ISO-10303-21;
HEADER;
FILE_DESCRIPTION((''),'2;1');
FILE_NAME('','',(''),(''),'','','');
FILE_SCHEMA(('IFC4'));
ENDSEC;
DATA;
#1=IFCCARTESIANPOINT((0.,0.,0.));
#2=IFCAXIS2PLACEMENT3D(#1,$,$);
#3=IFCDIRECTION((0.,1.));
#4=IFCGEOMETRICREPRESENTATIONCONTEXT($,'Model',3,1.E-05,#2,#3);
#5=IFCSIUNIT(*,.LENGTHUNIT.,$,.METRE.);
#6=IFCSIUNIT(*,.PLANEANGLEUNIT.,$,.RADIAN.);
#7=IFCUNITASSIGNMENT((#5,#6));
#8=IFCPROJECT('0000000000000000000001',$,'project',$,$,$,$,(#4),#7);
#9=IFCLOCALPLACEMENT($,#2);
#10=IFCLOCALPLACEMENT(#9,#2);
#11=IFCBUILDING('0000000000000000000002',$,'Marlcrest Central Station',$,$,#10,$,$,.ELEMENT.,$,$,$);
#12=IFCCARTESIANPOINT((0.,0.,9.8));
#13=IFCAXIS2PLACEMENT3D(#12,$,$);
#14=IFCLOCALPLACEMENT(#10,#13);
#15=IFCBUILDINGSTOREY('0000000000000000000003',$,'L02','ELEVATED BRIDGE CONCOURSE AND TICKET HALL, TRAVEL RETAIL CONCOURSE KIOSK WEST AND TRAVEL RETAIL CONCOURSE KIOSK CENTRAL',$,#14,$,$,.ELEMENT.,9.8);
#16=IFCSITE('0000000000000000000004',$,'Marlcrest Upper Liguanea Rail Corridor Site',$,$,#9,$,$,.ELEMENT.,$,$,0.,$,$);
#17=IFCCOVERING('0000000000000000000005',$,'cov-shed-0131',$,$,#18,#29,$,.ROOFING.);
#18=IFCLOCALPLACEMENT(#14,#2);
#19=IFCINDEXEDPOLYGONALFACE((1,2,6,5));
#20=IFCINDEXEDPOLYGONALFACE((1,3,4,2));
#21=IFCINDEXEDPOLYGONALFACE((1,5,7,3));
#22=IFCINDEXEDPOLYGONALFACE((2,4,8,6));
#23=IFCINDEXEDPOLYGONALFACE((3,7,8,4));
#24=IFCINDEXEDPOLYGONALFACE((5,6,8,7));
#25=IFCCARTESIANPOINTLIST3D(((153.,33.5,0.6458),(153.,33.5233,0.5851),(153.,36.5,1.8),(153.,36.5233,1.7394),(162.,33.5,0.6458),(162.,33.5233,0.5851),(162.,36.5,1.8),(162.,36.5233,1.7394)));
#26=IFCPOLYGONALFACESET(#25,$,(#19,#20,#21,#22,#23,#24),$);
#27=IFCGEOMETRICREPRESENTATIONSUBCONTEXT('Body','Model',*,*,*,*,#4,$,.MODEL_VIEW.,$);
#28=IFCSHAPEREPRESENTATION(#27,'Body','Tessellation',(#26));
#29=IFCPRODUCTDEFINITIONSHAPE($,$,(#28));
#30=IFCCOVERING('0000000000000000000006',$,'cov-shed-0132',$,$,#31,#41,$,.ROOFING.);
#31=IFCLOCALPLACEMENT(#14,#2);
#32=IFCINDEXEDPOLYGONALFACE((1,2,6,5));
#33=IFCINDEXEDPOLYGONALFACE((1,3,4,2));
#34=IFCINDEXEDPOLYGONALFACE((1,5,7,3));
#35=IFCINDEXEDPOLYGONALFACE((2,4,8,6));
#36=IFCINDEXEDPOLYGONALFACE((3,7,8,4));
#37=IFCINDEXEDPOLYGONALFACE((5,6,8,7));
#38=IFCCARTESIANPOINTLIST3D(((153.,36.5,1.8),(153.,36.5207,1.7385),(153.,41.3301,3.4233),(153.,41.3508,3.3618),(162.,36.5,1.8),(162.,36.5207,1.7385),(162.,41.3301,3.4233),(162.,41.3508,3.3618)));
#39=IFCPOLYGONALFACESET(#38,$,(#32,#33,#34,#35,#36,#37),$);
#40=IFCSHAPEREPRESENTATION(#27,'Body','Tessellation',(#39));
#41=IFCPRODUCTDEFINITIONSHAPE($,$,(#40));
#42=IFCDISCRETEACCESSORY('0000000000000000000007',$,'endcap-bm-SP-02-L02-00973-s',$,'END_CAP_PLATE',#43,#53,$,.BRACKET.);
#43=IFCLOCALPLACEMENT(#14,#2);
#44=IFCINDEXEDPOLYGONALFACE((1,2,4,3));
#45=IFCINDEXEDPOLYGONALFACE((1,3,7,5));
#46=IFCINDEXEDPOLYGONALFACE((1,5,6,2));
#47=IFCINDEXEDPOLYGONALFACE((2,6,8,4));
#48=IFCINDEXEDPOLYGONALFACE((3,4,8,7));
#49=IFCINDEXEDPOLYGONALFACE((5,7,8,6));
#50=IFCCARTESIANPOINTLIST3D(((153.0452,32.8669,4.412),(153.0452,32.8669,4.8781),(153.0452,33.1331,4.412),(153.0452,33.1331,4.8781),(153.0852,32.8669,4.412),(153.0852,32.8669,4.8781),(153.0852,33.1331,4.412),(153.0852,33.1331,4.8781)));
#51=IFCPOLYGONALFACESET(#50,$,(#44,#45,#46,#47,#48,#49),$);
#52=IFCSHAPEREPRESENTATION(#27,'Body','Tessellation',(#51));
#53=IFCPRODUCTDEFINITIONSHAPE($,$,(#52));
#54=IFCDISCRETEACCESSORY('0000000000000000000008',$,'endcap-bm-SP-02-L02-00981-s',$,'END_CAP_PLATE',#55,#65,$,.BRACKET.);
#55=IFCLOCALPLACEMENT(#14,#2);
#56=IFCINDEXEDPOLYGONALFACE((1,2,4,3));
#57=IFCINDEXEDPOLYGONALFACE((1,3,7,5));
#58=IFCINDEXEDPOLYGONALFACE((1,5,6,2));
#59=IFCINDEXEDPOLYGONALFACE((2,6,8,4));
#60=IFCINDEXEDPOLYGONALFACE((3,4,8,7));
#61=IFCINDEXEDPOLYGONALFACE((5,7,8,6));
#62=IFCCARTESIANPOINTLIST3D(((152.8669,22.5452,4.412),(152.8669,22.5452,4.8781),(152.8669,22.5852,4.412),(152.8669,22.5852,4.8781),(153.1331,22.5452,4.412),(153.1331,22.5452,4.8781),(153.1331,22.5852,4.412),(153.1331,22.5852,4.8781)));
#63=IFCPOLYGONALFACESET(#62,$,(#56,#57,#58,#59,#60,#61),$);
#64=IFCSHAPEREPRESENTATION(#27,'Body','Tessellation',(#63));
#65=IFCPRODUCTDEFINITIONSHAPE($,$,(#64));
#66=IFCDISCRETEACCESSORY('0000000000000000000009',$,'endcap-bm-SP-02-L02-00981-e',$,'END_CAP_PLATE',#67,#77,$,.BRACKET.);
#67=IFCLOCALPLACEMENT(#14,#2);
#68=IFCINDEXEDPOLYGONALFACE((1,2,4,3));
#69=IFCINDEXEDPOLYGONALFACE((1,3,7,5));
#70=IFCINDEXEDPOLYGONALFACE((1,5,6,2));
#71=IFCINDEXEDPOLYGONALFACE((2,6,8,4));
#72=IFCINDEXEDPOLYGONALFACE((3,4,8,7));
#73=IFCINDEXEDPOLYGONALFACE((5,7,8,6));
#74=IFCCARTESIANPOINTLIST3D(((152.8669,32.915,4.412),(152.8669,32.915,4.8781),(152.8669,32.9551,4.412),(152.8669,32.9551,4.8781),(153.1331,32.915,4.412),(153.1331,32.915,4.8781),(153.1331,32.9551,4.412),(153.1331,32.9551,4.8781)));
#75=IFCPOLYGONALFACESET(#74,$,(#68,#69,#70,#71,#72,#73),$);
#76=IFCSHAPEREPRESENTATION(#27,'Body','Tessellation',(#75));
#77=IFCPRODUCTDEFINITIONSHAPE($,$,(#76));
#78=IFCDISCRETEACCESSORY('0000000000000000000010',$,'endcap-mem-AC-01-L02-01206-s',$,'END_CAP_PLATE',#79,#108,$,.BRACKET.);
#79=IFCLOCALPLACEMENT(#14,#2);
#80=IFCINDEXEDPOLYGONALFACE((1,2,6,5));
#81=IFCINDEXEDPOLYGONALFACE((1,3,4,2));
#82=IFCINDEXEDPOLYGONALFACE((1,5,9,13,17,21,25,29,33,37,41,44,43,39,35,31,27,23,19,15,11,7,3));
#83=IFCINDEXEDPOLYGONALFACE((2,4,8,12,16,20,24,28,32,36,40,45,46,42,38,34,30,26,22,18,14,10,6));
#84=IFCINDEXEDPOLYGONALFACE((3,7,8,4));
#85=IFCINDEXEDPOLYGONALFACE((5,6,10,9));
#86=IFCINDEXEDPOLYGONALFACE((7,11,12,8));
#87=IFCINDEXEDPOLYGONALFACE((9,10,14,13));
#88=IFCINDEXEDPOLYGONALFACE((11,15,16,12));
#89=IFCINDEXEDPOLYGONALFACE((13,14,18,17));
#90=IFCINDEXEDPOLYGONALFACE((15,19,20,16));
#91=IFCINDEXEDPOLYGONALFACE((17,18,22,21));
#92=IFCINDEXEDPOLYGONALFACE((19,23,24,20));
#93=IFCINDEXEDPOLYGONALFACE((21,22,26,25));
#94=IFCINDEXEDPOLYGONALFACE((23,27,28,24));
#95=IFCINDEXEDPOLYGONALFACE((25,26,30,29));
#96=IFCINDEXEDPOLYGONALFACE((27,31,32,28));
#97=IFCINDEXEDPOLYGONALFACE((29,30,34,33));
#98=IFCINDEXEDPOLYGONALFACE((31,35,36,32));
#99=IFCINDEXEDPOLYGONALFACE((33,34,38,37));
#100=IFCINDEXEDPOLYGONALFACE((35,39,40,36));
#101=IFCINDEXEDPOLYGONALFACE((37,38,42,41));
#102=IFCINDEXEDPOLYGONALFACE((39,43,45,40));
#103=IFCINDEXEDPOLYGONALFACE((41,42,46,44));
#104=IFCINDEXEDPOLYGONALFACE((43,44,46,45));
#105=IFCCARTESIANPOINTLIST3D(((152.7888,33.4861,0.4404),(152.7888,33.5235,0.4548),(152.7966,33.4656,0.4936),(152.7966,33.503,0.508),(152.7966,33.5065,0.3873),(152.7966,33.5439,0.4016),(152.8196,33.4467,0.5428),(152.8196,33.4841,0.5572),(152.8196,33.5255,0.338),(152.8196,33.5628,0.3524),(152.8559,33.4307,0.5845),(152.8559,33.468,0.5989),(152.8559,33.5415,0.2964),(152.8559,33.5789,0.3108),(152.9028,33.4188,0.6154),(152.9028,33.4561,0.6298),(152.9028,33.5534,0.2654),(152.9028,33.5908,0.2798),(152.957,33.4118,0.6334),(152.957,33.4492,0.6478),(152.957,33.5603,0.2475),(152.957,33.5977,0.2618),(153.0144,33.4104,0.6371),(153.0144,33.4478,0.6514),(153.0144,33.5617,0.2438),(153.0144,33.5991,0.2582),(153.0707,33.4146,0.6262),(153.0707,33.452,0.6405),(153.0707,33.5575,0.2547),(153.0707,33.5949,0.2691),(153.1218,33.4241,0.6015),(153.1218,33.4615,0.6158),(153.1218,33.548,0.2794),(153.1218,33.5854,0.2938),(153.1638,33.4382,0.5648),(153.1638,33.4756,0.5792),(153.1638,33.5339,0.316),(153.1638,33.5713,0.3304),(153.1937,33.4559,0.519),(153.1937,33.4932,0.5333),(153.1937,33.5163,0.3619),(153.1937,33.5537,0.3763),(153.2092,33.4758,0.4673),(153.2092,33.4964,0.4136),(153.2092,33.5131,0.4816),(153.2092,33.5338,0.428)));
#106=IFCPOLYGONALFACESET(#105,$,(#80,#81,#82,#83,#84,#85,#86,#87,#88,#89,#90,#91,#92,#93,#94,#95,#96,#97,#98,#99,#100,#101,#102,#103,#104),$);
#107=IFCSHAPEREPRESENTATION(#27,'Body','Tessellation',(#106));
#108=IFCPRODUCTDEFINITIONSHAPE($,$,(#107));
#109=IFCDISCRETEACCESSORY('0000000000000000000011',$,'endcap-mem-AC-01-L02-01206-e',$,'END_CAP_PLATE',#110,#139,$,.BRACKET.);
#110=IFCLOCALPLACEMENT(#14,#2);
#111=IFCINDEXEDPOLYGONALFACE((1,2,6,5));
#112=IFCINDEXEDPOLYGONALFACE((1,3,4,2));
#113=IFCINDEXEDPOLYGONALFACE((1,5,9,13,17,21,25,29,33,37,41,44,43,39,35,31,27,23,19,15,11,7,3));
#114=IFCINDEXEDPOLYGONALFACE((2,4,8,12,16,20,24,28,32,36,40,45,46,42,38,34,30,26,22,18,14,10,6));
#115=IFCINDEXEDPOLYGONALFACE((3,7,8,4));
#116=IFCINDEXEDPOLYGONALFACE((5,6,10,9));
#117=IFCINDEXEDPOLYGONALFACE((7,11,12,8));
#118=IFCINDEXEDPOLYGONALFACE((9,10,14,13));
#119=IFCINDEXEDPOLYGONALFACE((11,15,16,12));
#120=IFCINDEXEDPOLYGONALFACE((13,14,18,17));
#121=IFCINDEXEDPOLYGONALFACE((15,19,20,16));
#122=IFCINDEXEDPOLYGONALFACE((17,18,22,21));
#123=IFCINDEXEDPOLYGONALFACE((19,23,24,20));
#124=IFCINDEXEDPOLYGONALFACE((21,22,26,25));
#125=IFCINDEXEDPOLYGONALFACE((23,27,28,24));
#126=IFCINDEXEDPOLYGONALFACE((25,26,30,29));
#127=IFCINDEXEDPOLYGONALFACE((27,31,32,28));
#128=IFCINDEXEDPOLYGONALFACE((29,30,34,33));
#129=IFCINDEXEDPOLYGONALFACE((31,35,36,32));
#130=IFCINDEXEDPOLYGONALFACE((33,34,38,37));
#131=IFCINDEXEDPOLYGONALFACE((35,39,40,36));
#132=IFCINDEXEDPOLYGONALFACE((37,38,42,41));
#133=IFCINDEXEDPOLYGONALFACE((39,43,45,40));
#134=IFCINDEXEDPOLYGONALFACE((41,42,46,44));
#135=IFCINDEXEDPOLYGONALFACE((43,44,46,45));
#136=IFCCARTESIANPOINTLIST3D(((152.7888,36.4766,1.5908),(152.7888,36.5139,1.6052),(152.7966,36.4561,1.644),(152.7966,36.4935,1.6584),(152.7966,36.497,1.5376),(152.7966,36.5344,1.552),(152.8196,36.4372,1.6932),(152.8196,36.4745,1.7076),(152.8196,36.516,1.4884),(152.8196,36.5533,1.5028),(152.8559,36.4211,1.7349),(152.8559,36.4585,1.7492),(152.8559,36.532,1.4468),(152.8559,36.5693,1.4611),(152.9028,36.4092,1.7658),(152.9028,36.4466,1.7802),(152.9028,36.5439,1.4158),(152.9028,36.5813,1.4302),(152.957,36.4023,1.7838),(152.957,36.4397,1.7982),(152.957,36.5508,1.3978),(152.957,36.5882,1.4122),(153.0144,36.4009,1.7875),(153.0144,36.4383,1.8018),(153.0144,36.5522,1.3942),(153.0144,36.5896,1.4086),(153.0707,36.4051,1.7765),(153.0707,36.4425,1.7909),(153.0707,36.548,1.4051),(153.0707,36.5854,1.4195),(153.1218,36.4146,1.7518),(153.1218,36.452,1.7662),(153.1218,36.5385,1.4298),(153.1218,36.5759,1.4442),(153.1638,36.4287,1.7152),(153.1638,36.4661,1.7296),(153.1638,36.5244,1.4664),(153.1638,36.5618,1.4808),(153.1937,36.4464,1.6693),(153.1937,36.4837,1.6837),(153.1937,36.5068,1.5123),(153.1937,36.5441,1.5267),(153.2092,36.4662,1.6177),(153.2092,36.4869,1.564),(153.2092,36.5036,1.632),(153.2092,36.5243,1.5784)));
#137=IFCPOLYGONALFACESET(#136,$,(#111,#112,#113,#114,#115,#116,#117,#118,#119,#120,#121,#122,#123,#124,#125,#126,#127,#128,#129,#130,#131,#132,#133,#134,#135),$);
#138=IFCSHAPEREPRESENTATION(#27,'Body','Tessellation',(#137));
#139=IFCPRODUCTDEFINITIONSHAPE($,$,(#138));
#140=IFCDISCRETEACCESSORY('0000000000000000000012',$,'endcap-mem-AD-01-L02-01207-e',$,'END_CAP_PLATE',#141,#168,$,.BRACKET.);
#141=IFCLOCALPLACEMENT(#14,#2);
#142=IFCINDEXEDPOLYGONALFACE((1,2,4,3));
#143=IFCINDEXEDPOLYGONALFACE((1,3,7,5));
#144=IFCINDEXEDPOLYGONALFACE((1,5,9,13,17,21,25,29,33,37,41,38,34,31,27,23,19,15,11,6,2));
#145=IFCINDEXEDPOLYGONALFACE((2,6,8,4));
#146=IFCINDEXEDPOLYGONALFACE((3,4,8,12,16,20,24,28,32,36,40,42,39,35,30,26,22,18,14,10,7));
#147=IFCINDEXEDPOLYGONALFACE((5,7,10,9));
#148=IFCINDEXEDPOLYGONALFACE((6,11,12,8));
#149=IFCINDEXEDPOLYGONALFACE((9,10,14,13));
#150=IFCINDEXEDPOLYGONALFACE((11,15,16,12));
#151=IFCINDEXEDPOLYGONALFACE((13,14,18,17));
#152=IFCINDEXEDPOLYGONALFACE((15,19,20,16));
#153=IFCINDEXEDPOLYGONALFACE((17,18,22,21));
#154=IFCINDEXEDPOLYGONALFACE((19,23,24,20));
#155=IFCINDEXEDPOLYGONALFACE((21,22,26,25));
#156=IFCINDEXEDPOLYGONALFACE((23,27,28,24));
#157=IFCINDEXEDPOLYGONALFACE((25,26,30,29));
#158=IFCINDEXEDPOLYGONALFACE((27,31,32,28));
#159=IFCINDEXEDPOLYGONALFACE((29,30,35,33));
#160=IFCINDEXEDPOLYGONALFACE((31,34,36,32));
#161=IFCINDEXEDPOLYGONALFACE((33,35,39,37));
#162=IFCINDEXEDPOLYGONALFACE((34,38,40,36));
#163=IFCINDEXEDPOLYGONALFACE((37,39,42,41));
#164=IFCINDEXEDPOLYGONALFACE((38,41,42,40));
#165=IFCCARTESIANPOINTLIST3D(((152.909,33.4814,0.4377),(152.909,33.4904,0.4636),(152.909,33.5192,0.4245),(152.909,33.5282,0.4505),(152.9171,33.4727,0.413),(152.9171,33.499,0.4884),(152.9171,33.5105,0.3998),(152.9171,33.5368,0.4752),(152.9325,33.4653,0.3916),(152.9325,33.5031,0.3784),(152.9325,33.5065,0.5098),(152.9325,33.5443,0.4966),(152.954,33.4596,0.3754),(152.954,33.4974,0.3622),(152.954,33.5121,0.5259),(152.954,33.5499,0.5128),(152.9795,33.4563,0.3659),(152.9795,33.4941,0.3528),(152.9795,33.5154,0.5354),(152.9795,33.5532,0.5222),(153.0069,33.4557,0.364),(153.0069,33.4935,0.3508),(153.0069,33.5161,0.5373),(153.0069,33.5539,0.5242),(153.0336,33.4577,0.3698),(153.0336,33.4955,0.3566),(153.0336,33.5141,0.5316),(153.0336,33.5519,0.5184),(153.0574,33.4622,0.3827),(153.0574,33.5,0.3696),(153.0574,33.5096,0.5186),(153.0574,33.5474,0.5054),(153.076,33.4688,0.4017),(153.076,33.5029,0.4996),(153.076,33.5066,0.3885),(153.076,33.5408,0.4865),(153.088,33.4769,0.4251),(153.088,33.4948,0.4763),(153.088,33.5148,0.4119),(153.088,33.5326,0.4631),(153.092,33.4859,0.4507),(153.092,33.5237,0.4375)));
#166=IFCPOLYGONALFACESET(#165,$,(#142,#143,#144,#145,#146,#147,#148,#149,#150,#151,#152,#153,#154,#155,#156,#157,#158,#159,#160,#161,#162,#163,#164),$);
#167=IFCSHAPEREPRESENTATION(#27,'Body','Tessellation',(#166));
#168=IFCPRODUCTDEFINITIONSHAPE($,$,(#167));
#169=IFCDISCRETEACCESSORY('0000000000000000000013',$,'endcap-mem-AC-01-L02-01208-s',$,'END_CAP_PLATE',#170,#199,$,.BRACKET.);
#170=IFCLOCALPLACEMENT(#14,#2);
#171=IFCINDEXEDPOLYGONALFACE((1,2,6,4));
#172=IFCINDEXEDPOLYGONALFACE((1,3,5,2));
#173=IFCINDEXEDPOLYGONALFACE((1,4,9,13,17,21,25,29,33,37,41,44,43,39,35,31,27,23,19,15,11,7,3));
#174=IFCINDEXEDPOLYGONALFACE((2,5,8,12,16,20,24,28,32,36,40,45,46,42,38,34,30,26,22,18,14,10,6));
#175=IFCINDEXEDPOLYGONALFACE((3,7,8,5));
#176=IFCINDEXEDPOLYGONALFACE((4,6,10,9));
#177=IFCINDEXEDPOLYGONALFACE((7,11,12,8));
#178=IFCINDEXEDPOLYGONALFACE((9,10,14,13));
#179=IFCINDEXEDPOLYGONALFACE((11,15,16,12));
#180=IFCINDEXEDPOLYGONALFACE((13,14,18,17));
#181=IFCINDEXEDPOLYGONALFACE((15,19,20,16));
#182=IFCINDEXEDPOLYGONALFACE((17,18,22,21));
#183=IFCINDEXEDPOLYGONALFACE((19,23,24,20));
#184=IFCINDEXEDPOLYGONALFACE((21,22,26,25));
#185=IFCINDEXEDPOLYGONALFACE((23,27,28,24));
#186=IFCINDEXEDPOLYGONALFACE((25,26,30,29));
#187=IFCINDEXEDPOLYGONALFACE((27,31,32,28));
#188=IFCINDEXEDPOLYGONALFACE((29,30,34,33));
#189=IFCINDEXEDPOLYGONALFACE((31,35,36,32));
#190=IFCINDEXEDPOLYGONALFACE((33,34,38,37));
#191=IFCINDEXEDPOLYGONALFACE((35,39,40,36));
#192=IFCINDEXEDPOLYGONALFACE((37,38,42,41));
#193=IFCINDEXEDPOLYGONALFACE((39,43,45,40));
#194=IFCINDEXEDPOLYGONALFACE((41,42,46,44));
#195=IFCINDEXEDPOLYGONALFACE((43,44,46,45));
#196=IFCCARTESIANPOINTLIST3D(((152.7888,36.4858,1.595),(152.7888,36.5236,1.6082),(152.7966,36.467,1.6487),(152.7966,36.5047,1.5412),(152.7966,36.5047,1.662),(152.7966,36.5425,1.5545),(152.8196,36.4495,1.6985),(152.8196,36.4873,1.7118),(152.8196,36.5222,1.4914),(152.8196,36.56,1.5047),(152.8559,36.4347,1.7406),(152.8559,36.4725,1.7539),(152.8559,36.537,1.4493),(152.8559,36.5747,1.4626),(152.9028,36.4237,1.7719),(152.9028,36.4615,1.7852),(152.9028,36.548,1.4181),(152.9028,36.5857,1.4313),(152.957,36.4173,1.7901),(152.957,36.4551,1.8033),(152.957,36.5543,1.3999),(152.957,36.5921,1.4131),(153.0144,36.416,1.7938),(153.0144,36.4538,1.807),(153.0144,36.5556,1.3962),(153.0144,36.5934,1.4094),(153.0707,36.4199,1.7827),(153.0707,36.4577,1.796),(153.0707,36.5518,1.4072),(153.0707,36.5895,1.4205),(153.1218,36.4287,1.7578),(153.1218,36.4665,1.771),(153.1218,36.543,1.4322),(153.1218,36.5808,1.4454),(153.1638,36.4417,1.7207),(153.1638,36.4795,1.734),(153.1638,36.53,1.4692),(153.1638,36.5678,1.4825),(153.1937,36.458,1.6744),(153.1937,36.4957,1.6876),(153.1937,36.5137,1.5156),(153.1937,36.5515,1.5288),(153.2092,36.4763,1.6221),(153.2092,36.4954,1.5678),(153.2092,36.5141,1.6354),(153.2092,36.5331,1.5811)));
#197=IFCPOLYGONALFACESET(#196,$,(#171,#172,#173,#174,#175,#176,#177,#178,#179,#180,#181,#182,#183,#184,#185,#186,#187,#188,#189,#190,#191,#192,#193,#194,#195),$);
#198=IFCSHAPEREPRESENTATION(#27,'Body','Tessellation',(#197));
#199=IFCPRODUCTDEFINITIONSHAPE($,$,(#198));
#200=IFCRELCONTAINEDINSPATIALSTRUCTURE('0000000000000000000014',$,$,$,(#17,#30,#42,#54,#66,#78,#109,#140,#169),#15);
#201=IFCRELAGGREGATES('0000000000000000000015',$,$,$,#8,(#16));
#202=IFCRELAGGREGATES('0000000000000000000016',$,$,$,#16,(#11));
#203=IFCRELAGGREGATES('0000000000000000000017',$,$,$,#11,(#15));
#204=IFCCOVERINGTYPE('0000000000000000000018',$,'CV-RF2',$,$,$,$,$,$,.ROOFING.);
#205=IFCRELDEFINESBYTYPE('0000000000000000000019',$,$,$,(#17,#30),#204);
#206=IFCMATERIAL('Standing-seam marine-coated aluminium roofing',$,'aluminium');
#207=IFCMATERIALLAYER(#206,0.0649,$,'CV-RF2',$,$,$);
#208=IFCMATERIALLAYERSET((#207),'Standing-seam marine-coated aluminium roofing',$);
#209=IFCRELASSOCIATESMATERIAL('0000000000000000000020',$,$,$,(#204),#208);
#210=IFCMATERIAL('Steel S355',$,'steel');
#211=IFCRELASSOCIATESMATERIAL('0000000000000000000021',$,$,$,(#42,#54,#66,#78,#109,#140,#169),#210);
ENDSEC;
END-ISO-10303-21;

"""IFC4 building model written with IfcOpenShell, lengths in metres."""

from ifc_helpers import new_model, si_unit, direction, frame, origin, origin_2d, place, context, subcontext, project, spatial, polyline, rectangle, circle, outline, extrude, material, layer, layer_set, type_object, element, save


model = new_model("IFC4")

# Units and contexts
model_context = context("Model", 3, precision=1e-05, world=origin(), true_north=direction((0.0, 1.0)))
body_context = subcontext(model_context, "Body", "Model", "MODEL_VIEW")
ifc_project = project(units=[si_unit("LENGTHUNIT", "METRE"), si_unit("PLANEANGLEUNIT", "RADIAN")], contexts=[model_context])

# Site, building, storey
site_placement = place(None, origin())
site = spatial("IfcSite", under=ifc_project, at=site_placement, Name="Marlcrest Upper Liguanea Rail Corridor Site", CompositionType="ELEMENT", RefElevation=0.0)
building_placement = place(site_placement, origin())
building = spatial("IfcBuilding", under=site, at=building_placement, Name="Marlcrest Central Station", CompositionType="ELEMENT")
storey_placement = place(building_placement, frame((0.0, 0.0, 9.8)))
storey = spatial("IfcBuildingStorey", under=building, at=storey_placement, Name="L02", Description="ELEVATED BRIDGE CONCOURSE AND TICKET HALL, TRAVEL RETAIL CONCOURSE KIOSK WEST AND TRAVEL RETAIL CONCOURSE KIOSK CENTRAL", CompositionType="ELEMENT", Elevation=9.8)

# Shared definitions
ifc_material_1 = material(Name="Steel S355", Category="steel")

# Coverings
ifc_material_2 = material(Name="Standing-seam marine-coated aluminium roofing", Category="aluminium")
ifc_layer_1 = layer(ifc_material_2, 0.0649, Name="CV-RF2")
ifc_layer_set_1 = layer_set([ifc_layer_1], Name="Standing-seam marine-coated aluminium roofing")
covering_type = type_object("IfcCoveringType", Name="CV-RF2", PredefinedType="ROOFING", material=ifc_layer_set_1)
covering_1_placement = place(storey_placement, frame((153.0, 33.5, 0.6458), z_axis=(0.0, -0.359101, 0.933299), x_axis=(1.0, 0.0, 0.0)))
element("IfcCovering", 1, at=covering_1_placement, inside=storey, type_object=covering_type, Name="cov-shed-0131", PredefinedType="ROOFING", context=body_context, shape_type="SweptSolid", body=[
    extrude(outline(polyline([(0.0, 0.0), (9.0, 0.0), (9.0, 3.2144), (0.0, 3.2144), (0.0, 0.0)])), origin(), (0.0, 0.0, -1.0), 0.0649),
])
covering_2_placement = place(storey_placement, frame((153.0, 36.5, 1.8), z_axis=(0.0, -0.31857, 0.947899), x_axis=(1.0, 0.0, 0.0)))
element("IfcCovering", 2, at=covering_2_placement, inside=storey, type_object=covering_type, Name="cov-shed-0132", PredefinedType="ROOFING", context=body_context, shape_type="SweptSolid", body=[
    extrude(outline(polyline([(0.0, 0.0), (9.0, 0.0), (9.0, 5.0956), (0.0, 5.0956), (0.0, 0.0)])), origin(), (0.0, 0.0, -1.0), 0.0649),
])

# Discrete accessories
for number, where, z_axis, x_axis, name in (
    (3, (153.0452, 33.0, 4.645), (1.0, 0.0, 0.0), (0.0, 1.0, 0.0), "endcap-bm-SP-02-L02-00973-s"),
    (4, (153.0, 22.5452, 4.645), (0.0, 1.0, 0.0), (-1.0, 0.0, 0.0), "endcap-bm-SP-02-L02-00981-s"),
    (5, (153.0, 32.915, 4.645), (0.0, 1.0, 0.0), (-1.0, 0.0, 0.0), "endcap-bm-SP-02-L02-00981-e"),
):
    element("IfcDiscreteAccessory", number, at=place(storey_placement, frame(where, z_axis=z_axis, x_axis=x_axis)), inside=storey, material=ifc_material_1, Name=name, ObjectType="END_CAP_PLATE", PredefinedType="BRACKET", context=body_context, shape_type="SweptSolid", body=[
        extrude(rectangle(XDim=0.2661, YDim=0.4661, at=origin_2d()), origin(), (0.0, 0.0, 1.0), 0.04),
    ])
for number, where, z_axis, x_axis, name in (
    (6, (153.0, 33.4861, 0.4404), (0.0, 0.933324, 0.359035), (-1.0, 0.0, 0.0), "endcap-mem-AC-01-L02-01206-s"),
    (7, (153.0, 36.4766, 1.5908), (0.0, 0.933324, 0.359035), (-1.0, 0.0, 0.0), "endcap-mem-AC-01-L02-01206-e"),
):
    element("IfcDiscreteAccessory", number, at=place(storey_placement, frame(where, z_axis=z_axis, x_axis=x_axis)), inside=storey, material=ifc_material_1, Name=name, ObjectType="END_CAP_PLATE", PredefinedType="BRACKET", context=body_context, shape_type="SweptSolid", body=[
        extrude(circle(Radius=0.2112, at=origin_2d()), origin(), (0.0, 0.0, 1.0), 0.04),
    ])
discrete_accessory_1_placement = place(storey_placement, frame((153.0, 33.5237, 0.4375), z_axis=(0.0, -0.94426, 0.3292), x_axis=(1.0, 0.0, 0.0)))
element("IfcDiscreteAccessory", 8, at=discrete_accessory_1_placement, inside=storey, material=ifc_material_1, Name="endcap-mem-AD-01-L02-01207-e", ObjectType="END_CAP_PLATE", PredefinedType="BRACKET", context=body_context, shape_type="SweptSolid", body=[
    extrude(circle(Radius=0.092, at=origin_2d()), origin(), (0.0, 0.0, 1.0), 0.04),
])
discrete_accessory_2_placement = place(storey_placement, frame((153.0, 36.4858, 1.595), z_axis=(0.0, 0.943537, 0.331266), x_axis=(-1.0, 0.0, 0.0)))
element("IfcDiscreteAccessory", 9, at=discrete_accessory_2_placement, inside=storey, material=ifc_material_1, Name="endcap-mem-AC-01-L02-01208-s", ObjectType="END_CAP_PLATE", PredefinedType="BRACKET", context=body_context, shape_type="SweptSolid", body=[
    extrude(circle(Radius=0.2112, at=origin_2d()), origin(), (0.0, 0.0, 1.0), 0.04),
])

save(model, "model.ifc")
